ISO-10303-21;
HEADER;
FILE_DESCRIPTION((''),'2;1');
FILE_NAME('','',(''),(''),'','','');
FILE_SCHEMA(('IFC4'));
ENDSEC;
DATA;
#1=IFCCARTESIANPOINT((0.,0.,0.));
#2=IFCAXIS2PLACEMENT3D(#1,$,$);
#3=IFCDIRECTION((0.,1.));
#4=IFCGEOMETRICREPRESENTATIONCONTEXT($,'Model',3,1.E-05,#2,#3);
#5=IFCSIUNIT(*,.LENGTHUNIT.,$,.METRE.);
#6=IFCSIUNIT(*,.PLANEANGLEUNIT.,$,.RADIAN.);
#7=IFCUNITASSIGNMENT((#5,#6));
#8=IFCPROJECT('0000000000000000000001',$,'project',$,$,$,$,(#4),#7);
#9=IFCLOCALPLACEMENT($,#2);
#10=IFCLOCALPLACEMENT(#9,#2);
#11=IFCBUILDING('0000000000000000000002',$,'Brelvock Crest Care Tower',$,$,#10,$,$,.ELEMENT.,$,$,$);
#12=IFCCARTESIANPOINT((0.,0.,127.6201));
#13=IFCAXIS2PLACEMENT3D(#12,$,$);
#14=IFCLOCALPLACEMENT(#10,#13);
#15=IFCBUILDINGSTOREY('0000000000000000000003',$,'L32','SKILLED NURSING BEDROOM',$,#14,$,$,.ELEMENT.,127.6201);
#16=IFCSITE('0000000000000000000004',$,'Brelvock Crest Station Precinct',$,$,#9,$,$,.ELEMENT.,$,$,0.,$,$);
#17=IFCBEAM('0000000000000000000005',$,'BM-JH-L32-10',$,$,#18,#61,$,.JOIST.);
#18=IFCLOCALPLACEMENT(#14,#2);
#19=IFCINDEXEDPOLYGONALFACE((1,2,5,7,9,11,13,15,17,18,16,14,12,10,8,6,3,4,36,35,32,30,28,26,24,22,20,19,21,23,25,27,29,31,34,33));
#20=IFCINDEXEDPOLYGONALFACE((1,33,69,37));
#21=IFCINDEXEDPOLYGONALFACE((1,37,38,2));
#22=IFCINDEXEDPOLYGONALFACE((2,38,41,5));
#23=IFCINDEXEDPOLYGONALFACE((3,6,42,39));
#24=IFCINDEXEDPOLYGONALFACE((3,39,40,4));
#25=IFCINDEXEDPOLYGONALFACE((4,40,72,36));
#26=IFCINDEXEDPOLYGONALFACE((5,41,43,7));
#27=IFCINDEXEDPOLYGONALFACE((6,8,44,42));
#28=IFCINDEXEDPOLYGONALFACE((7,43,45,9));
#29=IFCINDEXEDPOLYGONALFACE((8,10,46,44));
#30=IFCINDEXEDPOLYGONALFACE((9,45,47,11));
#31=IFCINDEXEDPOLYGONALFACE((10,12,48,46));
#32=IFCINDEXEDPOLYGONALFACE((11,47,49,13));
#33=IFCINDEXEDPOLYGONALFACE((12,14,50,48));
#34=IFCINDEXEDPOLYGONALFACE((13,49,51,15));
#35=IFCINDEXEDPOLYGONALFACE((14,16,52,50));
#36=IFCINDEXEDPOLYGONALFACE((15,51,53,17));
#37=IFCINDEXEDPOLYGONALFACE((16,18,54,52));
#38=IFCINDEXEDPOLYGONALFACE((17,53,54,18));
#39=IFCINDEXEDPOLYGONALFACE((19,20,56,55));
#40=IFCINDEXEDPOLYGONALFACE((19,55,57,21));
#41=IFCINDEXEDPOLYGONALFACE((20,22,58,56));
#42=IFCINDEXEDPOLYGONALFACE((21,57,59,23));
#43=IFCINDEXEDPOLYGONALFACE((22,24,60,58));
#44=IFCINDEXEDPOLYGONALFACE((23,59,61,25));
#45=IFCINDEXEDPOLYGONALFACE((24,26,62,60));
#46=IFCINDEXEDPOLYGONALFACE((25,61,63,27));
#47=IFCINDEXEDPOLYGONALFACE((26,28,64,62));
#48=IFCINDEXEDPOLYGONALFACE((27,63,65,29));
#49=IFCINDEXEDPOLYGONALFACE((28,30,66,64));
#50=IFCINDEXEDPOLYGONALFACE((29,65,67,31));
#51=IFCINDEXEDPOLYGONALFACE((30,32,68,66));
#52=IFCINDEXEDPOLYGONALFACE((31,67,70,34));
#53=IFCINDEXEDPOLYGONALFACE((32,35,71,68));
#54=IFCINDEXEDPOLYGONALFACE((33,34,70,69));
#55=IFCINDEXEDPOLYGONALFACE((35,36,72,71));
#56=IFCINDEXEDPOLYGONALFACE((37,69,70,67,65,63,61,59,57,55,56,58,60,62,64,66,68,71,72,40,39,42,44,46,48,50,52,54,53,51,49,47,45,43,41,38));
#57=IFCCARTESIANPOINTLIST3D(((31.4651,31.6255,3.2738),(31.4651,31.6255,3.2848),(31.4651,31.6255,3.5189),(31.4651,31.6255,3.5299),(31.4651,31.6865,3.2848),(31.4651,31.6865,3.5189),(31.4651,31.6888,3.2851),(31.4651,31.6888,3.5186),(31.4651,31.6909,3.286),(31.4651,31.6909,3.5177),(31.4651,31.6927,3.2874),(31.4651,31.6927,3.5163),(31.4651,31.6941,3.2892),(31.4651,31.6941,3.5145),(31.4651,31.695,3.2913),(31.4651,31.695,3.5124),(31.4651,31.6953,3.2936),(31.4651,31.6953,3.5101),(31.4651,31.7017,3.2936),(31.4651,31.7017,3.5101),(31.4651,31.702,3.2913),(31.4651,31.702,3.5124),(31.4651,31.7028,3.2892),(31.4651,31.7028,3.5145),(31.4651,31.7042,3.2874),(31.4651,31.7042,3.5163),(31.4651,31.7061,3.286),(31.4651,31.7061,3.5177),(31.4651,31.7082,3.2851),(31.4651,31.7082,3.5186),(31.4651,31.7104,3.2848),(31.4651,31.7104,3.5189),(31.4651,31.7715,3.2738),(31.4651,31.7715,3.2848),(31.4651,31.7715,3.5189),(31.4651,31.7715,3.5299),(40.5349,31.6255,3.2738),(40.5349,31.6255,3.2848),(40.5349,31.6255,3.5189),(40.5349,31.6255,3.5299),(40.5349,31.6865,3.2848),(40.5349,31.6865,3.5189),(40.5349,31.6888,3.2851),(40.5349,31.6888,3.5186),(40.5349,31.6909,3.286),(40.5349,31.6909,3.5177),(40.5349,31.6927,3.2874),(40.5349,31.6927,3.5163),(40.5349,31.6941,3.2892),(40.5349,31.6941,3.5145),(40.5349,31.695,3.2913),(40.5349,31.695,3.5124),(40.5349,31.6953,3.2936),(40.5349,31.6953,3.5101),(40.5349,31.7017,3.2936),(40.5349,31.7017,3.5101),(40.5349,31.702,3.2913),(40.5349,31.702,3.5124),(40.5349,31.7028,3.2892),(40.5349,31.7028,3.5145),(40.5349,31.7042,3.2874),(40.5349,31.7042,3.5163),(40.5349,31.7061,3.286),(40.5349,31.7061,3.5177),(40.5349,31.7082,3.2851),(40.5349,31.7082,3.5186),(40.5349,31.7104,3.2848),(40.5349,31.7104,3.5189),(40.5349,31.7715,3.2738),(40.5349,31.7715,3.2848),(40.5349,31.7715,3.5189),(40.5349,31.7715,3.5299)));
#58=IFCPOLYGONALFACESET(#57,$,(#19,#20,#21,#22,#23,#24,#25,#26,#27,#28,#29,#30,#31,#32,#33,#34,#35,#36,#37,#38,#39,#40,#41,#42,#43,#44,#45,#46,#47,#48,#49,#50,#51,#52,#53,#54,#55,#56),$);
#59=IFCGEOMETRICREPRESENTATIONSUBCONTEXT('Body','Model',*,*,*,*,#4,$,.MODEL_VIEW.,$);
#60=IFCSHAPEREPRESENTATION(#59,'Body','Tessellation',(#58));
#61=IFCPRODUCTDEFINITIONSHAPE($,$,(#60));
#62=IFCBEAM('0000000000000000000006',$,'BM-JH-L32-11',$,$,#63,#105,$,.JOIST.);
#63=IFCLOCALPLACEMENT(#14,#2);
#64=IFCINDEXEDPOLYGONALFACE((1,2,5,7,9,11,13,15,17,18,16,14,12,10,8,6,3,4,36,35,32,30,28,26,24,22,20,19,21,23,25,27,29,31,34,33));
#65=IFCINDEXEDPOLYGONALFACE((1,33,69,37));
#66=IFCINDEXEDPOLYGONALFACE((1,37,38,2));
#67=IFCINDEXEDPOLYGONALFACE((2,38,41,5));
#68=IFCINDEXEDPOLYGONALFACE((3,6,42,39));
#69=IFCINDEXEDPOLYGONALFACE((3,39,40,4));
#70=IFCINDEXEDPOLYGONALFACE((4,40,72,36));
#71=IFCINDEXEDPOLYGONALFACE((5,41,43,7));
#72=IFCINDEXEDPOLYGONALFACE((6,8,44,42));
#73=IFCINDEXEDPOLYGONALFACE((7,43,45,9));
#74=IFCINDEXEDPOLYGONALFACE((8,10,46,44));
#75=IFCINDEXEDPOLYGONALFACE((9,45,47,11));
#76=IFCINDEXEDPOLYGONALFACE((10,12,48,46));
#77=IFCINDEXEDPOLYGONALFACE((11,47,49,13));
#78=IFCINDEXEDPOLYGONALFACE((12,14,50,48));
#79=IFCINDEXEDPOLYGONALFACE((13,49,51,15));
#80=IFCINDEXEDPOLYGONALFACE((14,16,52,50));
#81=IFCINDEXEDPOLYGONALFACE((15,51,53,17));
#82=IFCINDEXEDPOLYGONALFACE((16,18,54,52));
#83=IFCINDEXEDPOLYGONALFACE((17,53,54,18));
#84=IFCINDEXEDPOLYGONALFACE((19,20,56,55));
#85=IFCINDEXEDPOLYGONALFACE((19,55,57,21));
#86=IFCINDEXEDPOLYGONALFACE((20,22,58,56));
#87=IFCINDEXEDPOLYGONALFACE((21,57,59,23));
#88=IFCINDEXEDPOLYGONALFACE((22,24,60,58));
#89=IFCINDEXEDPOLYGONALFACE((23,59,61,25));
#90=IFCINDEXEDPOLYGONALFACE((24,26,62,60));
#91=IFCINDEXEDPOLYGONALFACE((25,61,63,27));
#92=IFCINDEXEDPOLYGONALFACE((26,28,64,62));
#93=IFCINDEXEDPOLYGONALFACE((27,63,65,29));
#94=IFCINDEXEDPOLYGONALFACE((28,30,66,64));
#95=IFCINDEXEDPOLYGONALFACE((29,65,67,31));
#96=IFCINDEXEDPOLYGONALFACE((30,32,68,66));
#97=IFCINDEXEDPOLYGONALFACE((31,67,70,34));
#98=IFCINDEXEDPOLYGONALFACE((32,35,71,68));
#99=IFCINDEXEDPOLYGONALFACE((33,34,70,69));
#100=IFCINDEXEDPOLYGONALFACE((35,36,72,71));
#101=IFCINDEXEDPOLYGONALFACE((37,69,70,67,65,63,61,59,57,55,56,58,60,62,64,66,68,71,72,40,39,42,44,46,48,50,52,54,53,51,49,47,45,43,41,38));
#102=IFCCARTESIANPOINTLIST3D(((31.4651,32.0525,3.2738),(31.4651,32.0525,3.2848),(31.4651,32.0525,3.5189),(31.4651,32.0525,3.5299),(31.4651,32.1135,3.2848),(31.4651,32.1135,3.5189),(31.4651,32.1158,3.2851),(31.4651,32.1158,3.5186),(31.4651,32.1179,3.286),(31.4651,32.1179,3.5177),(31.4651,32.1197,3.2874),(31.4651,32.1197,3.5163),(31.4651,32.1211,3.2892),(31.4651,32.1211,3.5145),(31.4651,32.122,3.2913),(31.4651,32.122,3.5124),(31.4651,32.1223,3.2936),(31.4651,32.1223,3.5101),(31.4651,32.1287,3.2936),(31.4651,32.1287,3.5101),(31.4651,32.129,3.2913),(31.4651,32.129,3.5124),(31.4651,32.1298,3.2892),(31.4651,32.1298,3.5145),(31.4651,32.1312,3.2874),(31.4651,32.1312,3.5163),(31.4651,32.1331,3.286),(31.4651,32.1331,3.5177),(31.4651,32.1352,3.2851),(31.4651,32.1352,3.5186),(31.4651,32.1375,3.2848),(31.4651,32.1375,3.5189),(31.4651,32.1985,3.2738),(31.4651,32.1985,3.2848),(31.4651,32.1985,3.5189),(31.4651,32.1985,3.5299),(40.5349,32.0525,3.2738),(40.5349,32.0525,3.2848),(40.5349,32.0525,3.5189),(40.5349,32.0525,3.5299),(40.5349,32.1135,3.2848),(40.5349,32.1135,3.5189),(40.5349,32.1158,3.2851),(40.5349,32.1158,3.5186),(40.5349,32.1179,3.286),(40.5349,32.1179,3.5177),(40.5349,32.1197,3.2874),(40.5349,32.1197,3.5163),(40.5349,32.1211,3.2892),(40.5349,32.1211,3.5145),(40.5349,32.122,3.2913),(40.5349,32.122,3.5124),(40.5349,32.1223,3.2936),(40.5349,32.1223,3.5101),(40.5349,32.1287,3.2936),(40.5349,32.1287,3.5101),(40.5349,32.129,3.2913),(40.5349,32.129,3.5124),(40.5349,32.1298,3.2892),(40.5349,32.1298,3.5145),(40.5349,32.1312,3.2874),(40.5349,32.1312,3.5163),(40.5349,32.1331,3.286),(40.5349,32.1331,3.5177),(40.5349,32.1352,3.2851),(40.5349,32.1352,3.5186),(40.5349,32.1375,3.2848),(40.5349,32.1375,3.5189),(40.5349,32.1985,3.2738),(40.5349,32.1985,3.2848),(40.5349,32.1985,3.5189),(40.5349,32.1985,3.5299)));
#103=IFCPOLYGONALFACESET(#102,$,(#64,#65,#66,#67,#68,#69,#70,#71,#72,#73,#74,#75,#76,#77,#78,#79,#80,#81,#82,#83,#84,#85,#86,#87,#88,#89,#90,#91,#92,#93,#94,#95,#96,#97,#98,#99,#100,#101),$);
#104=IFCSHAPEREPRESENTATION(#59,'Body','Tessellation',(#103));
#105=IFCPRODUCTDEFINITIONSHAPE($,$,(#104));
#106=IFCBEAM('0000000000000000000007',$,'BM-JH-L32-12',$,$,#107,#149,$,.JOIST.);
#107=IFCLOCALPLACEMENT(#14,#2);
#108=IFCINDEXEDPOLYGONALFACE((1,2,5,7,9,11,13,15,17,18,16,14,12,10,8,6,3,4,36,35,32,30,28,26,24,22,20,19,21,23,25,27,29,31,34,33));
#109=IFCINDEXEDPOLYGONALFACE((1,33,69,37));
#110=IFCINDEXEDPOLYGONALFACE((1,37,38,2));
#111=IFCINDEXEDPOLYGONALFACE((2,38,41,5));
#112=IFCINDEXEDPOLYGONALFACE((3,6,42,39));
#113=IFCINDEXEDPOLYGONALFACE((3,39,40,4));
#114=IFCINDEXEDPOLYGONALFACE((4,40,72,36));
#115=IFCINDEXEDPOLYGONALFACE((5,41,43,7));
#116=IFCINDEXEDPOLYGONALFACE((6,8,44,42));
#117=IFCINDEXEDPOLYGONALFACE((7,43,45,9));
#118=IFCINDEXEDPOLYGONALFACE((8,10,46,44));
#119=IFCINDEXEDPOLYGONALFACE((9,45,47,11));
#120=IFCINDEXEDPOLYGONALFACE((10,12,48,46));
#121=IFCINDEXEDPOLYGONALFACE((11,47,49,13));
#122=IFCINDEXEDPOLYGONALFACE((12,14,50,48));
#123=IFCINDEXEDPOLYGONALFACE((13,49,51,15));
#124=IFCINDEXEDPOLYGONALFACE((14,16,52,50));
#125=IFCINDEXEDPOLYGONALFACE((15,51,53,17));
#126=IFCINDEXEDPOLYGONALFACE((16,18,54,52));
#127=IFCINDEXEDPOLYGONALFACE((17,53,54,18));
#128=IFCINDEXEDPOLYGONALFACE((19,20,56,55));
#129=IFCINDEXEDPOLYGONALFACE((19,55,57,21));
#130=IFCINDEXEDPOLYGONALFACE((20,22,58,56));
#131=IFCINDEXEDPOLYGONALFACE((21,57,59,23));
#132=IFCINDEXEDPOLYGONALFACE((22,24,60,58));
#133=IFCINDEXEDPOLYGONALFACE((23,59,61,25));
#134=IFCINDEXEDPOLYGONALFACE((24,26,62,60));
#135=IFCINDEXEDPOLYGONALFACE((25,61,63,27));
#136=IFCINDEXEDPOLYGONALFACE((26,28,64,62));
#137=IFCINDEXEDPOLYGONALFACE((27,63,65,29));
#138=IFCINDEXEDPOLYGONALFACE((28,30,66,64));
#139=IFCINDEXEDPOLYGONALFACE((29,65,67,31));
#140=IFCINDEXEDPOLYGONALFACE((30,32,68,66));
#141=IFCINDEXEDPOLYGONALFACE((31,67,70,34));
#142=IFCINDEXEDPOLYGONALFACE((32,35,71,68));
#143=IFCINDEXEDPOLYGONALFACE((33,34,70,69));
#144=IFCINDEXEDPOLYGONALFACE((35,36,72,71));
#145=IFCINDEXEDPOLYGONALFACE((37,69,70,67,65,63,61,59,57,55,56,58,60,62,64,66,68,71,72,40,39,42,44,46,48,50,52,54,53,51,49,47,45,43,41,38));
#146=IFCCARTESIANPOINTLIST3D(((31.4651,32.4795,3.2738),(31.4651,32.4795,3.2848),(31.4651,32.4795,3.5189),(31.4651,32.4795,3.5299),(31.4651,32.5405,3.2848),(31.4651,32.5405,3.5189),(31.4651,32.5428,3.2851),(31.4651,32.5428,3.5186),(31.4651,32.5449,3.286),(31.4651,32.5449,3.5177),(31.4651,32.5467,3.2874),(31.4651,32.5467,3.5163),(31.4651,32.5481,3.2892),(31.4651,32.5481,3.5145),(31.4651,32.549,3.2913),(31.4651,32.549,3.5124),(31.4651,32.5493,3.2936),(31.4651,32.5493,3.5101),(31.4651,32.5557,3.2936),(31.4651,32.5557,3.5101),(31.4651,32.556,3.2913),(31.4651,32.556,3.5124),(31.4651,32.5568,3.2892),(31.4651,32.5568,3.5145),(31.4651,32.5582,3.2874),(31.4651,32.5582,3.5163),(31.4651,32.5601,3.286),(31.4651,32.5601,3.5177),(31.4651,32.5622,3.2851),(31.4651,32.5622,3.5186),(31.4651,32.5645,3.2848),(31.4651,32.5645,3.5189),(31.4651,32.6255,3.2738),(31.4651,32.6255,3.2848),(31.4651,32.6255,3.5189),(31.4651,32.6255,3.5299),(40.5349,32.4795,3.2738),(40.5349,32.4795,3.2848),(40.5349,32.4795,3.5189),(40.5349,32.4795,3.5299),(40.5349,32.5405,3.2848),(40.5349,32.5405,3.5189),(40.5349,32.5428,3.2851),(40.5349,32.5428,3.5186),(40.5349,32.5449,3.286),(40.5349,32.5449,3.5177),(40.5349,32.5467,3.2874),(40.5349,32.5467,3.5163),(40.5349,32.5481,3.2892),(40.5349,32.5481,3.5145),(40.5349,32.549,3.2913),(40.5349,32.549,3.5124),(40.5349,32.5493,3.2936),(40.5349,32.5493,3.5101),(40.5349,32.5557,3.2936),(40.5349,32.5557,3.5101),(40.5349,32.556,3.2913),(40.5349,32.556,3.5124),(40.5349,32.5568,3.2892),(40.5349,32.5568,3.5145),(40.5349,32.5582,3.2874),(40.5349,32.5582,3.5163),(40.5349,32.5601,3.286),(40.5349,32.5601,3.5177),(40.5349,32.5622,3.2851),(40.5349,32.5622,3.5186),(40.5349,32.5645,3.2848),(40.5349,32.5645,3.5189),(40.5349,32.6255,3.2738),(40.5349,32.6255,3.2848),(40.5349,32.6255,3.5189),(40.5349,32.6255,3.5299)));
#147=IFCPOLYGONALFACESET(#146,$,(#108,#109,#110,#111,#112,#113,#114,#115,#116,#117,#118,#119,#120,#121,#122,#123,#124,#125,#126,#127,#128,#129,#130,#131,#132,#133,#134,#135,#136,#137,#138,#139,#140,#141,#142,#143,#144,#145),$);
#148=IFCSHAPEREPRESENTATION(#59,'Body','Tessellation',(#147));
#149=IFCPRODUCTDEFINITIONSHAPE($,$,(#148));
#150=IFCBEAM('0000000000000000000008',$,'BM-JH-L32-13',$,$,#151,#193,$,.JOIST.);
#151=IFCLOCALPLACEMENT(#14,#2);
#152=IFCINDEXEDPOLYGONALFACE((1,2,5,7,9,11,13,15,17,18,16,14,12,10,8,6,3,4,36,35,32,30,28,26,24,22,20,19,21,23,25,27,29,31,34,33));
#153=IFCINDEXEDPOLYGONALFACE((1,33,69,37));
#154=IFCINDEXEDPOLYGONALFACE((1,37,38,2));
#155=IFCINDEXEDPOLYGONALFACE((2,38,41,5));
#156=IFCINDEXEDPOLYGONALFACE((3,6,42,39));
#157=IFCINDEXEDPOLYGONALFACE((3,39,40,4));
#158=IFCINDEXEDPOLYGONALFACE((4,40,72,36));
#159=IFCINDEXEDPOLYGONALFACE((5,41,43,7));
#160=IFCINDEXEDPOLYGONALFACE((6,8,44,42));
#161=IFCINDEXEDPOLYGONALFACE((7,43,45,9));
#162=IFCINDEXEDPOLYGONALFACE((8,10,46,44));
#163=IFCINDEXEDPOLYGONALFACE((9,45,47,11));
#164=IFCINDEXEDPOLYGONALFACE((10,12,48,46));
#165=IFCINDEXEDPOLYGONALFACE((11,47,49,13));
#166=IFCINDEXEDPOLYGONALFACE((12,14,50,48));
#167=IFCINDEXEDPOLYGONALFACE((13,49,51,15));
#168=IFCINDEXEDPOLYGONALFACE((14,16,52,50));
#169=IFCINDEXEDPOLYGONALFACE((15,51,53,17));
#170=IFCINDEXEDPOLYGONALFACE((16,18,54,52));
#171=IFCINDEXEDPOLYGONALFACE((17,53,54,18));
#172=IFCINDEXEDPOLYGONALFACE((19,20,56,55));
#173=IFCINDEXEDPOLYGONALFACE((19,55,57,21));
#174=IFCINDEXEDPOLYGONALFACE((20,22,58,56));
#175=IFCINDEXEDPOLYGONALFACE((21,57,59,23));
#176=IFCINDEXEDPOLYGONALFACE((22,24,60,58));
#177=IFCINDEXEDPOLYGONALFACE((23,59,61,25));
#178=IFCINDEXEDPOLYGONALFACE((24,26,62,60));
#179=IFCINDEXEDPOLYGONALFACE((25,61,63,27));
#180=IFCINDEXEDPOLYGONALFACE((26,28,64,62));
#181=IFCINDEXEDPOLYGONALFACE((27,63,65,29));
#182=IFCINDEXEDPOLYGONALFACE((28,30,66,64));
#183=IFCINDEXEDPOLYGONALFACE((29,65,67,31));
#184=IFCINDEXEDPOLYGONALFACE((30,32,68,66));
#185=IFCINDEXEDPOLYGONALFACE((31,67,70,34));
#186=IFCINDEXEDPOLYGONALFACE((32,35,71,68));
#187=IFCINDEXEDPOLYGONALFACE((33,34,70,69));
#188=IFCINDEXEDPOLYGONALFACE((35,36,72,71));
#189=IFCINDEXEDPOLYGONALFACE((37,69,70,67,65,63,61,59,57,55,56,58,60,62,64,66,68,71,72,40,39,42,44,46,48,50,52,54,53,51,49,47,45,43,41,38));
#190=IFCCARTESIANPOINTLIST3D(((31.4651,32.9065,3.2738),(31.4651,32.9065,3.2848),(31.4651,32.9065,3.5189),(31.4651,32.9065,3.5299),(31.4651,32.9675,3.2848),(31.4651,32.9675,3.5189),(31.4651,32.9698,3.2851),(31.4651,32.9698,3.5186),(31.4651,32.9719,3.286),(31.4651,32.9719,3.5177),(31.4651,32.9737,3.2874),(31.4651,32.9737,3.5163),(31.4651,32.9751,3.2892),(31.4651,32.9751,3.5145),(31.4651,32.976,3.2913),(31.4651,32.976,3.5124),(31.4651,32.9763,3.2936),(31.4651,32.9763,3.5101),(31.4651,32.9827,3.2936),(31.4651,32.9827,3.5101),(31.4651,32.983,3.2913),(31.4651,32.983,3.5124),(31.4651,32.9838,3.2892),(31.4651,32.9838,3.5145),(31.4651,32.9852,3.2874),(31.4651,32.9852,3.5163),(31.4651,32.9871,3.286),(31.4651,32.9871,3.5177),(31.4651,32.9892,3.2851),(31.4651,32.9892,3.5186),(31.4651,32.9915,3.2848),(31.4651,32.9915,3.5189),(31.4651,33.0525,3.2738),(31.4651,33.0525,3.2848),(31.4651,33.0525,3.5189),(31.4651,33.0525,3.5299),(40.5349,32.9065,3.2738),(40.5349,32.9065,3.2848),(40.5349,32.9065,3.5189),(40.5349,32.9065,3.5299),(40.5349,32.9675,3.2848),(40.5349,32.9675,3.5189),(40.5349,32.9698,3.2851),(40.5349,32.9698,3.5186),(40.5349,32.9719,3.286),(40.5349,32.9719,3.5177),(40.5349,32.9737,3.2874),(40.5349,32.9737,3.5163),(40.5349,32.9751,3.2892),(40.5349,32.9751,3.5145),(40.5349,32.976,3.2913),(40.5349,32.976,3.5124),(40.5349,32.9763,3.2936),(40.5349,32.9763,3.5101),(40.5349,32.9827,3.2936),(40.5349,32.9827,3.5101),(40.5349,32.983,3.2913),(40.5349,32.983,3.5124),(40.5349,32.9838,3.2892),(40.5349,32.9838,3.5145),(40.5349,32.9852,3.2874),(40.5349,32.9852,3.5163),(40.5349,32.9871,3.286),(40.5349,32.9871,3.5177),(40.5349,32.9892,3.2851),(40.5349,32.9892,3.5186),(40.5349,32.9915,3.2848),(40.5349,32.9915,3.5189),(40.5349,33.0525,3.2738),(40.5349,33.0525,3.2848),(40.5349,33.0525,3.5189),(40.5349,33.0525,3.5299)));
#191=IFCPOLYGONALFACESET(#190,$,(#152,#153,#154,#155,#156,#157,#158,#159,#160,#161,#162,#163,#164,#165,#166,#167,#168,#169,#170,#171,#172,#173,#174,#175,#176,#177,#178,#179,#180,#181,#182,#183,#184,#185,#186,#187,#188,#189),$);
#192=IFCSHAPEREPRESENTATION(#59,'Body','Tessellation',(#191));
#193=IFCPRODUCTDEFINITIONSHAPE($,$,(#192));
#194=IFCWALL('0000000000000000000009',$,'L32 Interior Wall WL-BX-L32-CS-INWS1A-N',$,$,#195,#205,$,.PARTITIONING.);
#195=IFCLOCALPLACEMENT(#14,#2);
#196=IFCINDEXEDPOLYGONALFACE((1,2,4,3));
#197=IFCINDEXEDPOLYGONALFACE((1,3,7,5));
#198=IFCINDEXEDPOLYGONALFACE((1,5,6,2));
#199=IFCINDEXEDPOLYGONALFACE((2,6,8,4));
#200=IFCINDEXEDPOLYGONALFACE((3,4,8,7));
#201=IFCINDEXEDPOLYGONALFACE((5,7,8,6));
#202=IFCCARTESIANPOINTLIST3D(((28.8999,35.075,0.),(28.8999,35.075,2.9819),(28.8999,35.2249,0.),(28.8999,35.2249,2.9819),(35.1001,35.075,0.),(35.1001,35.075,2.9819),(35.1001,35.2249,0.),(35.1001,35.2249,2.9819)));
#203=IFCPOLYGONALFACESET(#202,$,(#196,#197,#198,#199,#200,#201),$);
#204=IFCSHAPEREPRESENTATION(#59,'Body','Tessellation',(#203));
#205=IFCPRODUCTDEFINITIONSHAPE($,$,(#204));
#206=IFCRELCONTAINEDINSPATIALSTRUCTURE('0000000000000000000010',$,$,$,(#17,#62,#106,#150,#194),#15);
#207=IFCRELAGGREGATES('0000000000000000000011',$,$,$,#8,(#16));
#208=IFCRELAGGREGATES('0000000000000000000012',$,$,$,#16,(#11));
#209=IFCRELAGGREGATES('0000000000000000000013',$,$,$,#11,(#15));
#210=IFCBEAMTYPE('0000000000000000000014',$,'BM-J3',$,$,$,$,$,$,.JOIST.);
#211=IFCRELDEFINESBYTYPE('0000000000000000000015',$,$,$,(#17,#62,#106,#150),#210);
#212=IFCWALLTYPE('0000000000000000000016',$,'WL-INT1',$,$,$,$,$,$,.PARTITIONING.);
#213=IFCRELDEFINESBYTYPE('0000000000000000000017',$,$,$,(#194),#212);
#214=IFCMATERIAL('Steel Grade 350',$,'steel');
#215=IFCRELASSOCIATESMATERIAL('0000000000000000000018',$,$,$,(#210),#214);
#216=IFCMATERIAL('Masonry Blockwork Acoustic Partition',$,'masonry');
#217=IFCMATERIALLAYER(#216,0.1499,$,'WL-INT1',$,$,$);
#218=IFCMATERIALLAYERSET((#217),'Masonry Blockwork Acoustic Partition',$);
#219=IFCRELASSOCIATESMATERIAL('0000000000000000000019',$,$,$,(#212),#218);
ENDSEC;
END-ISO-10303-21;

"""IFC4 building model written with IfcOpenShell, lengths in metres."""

from ifc_helpers import new_model, si_unit, direction, frame, frame_2d, origin, origin_2d, place, context, subcontext, project, spatial, rectangle, i_section, extrude, source, transform, mapped, material, layer, layer_set, material_profile, profile_set, type_object, element, save


model = new_model("IFC4")

# Units and contexts
model_context = context("Model", 3, precision=1e-05, world=origin(), true_north=direction((0.0, 1.0)))
body_context = subcontext(model_context, "Body", "Model", "MODEL_VIEW")
ifc_project = project(units=[si_unit("LENGTHUNIT", "METRE"), si_unit("PLANEANGLEUNIT", "RADIAN")], contexts=[model_context])

# Site, building, storey
site_placement = place(None, origin())
site = spatial("IfcSite", under=ifc_project, at=site_placement, Name="Brelvock Crest Station Precinct", CompositionType="ELEMENT", RefElevation=0.0)
building_placement = place(site_placement, origin())
building = spatial("IfcBuilding", under=site, at=building_placement, Name="Brelvock Crest Care Tower", CompositionType="ELEMENT")
storey_placement = place(building_placement, frame((0.0, 0.0, 127.6201)))
storey = spatial("IfcBuildingStorey", under=building, at=storey_placement, Name="L32", Description="SKILLED NURSING BEDROOM", CompositionType="ELEMENT", Elevation=127.6201)

# Beams
ifc_material_1 = material(Name="Steel Grade 350", Category="steel")
ifc_material_profile = material_profile(ifc_material_1, i_section(OverallWidth=0.146, OverallDepth=0.2561, WebThickness=0.0063, FlangeThickness=0.011, FilletRadius=0.0088, at=origin_2d()), Name="250UB37.3")
ifc_profile_set = profile_set([ifc_material_profile], Name="Steel Grade 350")
beam_type = type_object("IfcBeamType", Name="BM-J3", PredefinedType="JOIST", material=ifc_profile_set)
shared_shape_1 = source(origin(), body_context, "Body", "SweptSolid", [
    extrude(i_section(OverallWidth=0.146, OverallDepth=0.2561, WebThickness=0.0063, FlangeThickness=0.011, FilletRadius=0.0088, at=origin_2d()), origin(), (0.0, 0.0, 1.0), 9.0698),
])
for number, where, z_axis, x_axis, name in (
    (1, (31.4651, 31.6985, 3.4019), (1.0, 0.0, 0.0), (0.0, 1.0, 0.0), "BM-JH-L32-10"),
    (2, (31.4651, 32.1255, 3.4019), (1.0, 0.0, 0.0), (0.0, 1.0, 0.0), "BM-JH-L32-11"),
    (3, (31.4651, 32.5525, 3.4019), (1.0, 0.0, 0.0), (0.0, 1.0, 0.0), "BM-JH-L32-12"),
    (4, (31.4651, 32.9795, 3.4019), (1.0, 0.0, 0.0), (0.0, 1.0, 0.0), "BM-JH-L32-13"),
):
    element("IfcBeam", number, at=place(storey_placement, frame(where, z_axis=z_axis, x_axis=x_axis)), inside=storey, type_object=beam_type, Name=name, PredefinedType="JOIST", context=body_context, shape_type="MappedRepresentation", body=[
        mapped(shared_shape_1, transform((0.0, 0.0, 0.0), x_axis=(1.0, 0.0, 0.0), y_axis=(0.0, 1.0, 0.0), z_axis=(0.0, 0.0, 1.0), scale=1.0)),
    ])

# Wall
ifc_material_2 = material(Name="Masonry Blockwork Acoustic Partition", Category="masonry")
ifc_layer_1 = layer(ifc_material_2, 0.1499, Name="WL-INT1")
ifc_layer_set_1 = layer_set([ifc_layer_1], Name="Masonry Blockwork Acoustic Partition")
wall_type_1 = type_object("IfcWallType", Name="WL-INT1", PredefinedType="PARTITIONING", material=ifc_layer_set_1)
wall_1_placement = place(storey_placement, frame((28.8999, 35.1499, 0.0), z_axis=(0.0, 0.0, 1.0), x_axis=(1.0, 0.0, 0.0)))
element("IfcWall", 5, at=wall_1_placement, inside=storey, type_object=wall_type_1, Name="L32 Interior Wall WL-BX-L32-CS-INWS1A-N", PredefinedType="PARTITIONING", context=body_context, shape_type="SweptSolid", body=[
    extrude(rectangle(XDim=6.2002, YDim=0.1499, at=frame_2d((3.1001, 0.0))), origin(), (0.0, 0.0, 1.0), 2.9819),
])

save(model, "model.ifc")
